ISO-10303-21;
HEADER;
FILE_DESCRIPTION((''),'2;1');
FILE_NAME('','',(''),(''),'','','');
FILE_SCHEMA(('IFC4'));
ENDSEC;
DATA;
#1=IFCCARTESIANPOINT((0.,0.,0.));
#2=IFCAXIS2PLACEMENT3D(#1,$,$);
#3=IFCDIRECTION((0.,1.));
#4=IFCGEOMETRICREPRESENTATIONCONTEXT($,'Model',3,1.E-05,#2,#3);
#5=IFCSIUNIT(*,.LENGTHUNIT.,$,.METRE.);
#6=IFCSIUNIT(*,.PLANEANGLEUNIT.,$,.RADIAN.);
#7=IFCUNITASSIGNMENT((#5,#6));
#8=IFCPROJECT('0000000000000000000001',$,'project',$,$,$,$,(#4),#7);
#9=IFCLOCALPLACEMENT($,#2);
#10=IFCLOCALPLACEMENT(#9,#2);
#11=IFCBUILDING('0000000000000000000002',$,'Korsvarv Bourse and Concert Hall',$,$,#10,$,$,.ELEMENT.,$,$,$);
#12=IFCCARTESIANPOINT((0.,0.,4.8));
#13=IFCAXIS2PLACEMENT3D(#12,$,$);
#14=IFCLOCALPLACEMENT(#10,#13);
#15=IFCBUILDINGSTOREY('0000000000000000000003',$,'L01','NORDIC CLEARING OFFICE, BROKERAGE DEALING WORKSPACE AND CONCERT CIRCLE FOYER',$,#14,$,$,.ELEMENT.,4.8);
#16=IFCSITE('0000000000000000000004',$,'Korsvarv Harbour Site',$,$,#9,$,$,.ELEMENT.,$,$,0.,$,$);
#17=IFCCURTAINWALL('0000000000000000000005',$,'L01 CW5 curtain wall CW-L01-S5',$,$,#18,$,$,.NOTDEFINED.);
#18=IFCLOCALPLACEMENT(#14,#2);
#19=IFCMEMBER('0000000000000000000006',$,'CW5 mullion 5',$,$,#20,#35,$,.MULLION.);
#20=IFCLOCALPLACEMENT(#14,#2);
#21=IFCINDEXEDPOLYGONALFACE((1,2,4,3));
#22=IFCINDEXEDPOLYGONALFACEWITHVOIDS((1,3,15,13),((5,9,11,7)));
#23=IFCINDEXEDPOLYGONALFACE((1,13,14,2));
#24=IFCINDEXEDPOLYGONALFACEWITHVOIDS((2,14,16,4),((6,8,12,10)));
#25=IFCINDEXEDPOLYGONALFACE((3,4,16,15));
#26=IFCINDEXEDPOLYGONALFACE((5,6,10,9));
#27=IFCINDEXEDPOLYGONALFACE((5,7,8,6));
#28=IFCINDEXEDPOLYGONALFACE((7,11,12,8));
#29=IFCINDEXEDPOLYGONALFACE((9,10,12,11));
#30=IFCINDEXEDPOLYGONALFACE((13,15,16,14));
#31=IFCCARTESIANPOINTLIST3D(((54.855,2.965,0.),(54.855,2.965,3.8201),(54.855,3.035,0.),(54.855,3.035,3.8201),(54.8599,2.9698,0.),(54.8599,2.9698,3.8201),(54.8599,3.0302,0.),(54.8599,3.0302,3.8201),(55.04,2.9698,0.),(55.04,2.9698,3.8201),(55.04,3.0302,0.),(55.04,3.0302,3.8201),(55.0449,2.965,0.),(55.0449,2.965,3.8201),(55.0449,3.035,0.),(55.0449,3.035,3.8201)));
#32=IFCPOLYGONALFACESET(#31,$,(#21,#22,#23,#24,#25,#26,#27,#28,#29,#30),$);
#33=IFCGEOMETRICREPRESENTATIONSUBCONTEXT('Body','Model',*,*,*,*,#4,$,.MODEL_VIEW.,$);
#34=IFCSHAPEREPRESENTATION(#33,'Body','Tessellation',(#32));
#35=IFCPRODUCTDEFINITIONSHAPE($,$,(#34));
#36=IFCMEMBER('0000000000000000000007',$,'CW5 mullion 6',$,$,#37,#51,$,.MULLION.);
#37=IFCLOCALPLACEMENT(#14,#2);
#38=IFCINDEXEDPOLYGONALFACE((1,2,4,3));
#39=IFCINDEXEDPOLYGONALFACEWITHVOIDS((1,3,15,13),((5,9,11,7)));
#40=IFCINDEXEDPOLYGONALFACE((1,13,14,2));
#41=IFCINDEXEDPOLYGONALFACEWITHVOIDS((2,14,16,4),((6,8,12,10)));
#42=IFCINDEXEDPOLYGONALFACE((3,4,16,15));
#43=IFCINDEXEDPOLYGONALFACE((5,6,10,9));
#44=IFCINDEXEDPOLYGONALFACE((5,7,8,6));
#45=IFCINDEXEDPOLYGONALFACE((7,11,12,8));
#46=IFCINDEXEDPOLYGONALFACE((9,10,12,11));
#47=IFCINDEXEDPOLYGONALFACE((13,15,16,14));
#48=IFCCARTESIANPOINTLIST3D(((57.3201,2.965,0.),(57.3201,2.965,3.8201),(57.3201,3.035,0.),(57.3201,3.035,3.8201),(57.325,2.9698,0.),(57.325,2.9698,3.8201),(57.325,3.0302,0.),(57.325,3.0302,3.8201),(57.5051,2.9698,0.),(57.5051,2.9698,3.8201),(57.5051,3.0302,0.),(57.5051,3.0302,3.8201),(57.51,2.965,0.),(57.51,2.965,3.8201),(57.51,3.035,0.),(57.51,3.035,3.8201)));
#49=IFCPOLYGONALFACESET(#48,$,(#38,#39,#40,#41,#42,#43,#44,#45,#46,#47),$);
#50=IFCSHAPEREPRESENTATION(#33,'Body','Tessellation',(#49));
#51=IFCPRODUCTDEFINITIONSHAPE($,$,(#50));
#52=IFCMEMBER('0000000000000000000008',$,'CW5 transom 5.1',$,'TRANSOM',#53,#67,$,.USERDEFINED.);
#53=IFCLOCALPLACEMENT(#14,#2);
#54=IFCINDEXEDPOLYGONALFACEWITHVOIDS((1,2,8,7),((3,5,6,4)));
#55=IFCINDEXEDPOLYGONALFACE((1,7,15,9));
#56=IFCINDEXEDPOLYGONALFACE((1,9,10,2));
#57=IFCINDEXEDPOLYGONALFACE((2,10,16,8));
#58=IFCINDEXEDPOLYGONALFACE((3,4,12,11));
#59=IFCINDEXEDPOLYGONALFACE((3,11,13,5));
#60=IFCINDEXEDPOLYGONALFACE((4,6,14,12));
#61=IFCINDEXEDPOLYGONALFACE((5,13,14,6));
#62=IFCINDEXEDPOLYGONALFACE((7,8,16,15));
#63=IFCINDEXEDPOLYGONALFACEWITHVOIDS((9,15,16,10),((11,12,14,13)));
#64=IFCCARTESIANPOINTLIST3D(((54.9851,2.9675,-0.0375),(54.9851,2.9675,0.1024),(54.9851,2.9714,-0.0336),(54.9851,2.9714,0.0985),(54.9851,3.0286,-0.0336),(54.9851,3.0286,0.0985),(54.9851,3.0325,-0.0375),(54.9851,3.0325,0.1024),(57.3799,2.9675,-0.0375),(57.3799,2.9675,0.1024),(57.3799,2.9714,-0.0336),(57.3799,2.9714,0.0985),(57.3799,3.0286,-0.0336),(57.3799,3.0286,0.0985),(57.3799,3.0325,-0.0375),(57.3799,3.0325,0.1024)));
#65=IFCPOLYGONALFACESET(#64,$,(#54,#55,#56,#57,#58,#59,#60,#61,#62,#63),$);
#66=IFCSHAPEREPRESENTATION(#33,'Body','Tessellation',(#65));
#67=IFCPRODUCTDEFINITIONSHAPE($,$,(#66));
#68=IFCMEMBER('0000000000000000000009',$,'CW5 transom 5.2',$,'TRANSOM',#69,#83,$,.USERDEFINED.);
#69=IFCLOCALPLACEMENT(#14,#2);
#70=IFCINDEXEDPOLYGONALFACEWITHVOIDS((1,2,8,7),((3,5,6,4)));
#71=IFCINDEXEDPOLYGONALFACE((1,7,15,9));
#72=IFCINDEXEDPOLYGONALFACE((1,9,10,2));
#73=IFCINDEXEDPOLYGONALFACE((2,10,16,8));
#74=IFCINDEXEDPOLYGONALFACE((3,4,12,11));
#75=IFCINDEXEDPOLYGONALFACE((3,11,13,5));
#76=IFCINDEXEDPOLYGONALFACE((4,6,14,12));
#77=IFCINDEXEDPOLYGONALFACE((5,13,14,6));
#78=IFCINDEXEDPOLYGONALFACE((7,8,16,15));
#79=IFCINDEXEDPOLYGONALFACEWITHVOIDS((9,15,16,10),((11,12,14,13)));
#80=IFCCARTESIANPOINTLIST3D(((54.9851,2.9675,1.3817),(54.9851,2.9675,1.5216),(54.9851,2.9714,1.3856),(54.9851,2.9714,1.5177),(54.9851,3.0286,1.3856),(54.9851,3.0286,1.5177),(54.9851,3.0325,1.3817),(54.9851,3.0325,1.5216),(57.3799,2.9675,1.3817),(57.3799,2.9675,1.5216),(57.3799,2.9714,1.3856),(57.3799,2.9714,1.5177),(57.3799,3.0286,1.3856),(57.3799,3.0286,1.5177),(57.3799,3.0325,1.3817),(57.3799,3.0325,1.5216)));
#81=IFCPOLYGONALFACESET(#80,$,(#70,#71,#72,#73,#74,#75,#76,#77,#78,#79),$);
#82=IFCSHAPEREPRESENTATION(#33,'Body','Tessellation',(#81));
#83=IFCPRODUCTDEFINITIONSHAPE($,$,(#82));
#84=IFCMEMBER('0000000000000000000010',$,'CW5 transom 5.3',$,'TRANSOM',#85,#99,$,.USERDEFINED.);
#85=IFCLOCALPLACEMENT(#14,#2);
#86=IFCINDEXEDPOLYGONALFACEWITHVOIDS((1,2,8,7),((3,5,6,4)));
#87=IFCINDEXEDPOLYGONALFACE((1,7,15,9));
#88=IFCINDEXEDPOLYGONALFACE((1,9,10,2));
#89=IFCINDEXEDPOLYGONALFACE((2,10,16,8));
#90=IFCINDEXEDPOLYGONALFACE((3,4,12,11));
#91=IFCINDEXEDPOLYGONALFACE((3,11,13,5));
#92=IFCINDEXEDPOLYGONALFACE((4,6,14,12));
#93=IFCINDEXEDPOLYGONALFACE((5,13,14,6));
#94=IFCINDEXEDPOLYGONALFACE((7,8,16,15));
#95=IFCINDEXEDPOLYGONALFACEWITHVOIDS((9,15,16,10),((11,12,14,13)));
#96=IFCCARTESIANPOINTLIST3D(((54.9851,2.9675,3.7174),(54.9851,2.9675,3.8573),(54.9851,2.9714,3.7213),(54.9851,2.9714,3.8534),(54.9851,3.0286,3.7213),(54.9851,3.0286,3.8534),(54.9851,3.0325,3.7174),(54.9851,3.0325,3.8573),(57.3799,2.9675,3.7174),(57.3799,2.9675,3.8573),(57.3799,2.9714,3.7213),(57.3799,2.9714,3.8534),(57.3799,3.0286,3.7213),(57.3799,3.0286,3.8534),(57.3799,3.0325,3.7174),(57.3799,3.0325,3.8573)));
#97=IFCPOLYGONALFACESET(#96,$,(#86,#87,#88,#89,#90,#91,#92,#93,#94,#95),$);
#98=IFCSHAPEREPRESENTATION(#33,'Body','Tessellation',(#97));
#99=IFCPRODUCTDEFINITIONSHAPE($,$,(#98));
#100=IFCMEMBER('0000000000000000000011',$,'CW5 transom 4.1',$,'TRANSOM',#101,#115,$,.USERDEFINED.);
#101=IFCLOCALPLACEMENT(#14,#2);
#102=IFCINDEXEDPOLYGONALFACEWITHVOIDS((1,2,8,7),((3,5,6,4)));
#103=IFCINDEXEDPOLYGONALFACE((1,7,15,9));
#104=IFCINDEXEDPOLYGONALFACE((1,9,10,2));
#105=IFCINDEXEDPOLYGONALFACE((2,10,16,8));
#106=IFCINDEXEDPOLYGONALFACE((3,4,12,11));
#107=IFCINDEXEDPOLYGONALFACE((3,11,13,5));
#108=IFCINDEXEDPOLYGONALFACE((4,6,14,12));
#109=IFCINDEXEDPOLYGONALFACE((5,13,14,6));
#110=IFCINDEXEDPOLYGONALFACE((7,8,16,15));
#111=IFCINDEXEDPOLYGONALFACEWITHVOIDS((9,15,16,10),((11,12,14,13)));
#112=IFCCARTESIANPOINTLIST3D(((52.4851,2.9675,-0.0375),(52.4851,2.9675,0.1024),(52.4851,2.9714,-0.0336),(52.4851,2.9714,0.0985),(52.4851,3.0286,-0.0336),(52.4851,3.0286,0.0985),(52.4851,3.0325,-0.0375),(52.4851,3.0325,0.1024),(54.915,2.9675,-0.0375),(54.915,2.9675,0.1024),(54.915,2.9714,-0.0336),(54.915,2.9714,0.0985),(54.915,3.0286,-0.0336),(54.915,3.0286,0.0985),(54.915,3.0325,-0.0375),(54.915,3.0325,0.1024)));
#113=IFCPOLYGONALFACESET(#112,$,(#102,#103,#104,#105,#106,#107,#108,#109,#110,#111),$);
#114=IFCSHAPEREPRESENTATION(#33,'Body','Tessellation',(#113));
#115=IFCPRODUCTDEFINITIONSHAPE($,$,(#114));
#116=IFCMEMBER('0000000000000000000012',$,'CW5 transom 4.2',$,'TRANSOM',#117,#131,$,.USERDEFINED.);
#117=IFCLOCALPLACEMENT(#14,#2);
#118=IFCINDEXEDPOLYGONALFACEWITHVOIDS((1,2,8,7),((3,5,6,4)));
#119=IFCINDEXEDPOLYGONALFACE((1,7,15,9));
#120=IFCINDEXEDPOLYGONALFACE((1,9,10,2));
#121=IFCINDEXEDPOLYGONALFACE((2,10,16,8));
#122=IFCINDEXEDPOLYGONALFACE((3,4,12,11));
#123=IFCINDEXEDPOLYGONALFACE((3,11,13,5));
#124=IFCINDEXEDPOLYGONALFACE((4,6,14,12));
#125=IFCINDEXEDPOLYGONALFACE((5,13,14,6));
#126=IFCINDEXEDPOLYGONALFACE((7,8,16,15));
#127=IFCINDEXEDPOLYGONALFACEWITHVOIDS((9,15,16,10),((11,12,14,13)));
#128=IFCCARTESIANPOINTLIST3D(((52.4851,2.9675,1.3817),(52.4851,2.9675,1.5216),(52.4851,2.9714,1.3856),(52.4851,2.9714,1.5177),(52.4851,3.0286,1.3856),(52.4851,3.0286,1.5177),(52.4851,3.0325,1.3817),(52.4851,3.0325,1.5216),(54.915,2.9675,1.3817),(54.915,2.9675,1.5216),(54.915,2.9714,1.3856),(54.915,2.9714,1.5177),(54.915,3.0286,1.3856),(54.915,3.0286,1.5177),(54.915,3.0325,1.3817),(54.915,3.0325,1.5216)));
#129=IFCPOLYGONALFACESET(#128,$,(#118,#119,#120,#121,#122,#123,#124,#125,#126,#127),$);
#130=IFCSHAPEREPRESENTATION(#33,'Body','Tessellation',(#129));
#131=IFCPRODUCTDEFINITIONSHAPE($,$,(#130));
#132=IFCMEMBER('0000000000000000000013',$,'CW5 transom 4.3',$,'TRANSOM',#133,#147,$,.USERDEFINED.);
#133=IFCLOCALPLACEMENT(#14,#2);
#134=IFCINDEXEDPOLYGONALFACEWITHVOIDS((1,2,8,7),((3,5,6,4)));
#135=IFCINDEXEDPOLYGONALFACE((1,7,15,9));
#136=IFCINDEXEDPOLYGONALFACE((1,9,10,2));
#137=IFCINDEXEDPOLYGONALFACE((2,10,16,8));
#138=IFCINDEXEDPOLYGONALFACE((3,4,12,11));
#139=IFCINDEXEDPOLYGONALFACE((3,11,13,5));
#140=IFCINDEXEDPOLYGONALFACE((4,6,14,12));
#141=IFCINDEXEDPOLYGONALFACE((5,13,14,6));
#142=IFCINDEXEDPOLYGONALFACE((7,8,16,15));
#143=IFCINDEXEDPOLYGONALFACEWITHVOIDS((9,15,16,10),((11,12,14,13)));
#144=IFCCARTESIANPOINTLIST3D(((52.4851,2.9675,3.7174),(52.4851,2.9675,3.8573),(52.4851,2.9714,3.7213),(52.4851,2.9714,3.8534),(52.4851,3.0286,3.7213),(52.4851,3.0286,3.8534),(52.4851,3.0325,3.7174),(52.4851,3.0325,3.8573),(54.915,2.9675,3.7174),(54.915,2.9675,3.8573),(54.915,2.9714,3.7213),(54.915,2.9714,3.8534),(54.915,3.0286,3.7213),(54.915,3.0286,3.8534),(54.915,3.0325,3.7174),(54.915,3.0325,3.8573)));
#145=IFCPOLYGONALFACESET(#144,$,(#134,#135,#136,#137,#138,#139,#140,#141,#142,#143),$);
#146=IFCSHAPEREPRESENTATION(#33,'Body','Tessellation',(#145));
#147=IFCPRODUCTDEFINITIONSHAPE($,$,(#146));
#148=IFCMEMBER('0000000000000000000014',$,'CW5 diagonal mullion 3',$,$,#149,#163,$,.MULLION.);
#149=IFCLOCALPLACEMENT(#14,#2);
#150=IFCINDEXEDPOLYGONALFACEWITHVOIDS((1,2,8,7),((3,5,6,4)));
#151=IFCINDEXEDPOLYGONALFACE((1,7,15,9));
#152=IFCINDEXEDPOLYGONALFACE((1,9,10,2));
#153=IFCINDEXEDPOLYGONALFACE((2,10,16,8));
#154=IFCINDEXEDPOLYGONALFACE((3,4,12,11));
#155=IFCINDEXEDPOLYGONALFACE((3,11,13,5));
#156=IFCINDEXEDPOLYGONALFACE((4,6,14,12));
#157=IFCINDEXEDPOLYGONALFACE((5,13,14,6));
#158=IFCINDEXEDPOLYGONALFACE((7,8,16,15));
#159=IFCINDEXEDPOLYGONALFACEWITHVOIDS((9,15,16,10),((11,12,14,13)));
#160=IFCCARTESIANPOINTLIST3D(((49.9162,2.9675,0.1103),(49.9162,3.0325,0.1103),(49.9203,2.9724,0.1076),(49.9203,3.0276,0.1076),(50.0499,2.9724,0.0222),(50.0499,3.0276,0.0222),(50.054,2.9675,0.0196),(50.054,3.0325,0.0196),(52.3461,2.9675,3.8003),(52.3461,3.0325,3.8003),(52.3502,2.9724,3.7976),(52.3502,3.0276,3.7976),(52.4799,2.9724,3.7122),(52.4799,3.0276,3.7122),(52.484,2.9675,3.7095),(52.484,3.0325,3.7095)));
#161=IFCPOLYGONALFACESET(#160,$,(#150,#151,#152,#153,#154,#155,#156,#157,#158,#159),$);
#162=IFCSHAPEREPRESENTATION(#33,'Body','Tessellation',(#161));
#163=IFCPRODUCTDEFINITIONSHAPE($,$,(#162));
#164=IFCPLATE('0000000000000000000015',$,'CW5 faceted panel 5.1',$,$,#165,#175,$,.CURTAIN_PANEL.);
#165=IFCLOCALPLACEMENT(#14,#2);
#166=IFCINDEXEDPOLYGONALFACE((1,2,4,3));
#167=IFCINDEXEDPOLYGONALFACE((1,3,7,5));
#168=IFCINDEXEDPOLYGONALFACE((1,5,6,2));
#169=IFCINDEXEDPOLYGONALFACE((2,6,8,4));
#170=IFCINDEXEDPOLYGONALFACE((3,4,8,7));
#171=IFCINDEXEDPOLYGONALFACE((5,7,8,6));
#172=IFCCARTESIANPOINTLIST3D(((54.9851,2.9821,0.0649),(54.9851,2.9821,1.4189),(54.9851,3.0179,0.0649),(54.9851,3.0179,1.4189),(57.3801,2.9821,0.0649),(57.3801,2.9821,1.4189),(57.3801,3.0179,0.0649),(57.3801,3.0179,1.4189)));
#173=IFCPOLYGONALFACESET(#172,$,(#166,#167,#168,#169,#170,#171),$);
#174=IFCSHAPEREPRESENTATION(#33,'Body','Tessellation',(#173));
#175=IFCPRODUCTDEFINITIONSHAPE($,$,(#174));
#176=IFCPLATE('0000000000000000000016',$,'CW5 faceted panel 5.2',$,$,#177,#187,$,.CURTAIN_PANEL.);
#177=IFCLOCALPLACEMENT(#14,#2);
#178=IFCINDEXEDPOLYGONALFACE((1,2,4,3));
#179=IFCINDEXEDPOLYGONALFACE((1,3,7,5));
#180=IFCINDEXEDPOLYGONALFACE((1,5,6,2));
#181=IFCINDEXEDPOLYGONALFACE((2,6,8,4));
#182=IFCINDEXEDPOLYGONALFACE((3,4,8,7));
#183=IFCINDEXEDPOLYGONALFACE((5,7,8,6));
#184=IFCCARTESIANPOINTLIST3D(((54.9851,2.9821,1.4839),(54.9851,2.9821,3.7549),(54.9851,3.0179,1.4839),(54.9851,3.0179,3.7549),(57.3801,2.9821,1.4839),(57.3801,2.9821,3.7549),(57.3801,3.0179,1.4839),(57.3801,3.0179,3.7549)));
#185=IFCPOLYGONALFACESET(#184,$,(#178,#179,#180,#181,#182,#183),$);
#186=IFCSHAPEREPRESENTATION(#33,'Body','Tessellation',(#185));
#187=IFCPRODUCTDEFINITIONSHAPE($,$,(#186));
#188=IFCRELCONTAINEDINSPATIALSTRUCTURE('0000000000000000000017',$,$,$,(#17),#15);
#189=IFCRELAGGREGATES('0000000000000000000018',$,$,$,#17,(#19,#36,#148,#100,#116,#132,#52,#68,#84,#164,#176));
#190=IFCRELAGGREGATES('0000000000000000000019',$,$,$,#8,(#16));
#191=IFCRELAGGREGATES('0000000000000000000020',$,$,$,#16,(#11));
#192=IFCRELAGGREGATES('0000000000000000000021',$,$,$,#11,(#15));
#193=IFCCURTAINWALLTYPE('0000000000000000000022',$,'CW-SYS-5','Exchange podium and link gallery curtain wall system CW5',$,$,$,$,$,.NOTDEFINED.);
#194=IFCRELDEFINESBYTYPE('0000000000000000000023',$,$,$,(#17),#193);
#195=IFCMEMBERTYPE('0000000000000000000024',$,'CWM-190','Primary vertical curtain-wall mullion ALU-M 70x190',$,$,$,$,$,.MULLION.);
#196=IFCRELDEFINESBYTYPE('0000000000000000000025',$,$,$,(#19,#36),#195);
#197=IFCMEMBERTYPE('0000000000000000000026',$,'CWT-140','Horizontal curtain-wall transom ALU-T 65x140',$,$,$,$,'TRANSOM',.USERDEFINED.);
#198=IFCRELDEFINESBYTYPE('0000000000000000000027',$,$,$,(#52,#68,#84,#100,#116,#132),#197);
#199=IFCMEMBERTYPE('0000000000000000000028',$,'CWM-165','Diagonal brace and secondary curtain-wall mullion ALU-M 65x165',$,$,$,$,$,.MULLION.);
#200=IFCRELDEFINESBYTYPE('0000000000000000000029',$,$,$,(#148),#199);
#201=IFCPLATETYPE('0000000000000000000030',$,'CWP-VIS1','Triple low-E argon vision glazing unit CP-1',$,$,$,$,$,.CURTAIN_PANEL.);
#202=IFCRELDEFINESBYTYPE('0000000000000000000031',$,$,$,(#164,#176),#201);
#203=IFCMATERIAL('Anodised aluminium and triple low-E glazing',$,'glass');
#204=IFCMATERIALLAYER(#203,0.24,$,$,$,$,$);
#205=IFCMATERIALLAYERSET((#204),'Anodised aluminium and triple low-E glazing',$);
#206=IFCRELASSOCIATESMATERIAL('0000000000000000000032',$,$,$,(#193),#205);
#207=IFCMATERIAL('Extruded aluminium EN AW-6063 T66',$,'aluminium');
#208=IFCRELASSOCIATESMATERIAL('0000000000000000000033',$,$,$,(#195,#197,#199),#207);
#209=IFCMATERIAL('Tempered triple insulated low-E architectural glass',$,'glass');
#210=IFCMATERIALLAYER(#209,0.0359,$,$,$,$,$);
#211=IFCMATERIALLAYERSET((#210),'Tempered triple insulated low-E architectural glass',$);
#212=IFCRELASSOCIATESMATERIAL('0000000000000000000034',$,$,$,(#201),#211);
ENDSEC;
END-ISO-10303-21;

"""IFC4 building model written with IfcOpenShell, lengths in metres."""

from ifc_helpers import new_model, si_unit, direction, frame, origin, origin_2d, place, context, subcontext, project, spatial, rectangle, hollow_rectangle, extrude, source, transform, mapped, material, layer, layer_set, material_profile, profile_set, type_object, element, aggregate, save


model = new_model("IFC4")

# Units and contexts
model_context = context("Model", 3, precision=1e-05, world=origin(), true_north=direction((0.0, 1.0)))
body_context = subcontext(model_context, "Body", "Model", "MODEL_VIEW")
ifc_project = project(units=[si_unit("LENGTHUNIT", "METRE"), si_unit("PLANEANGLEUNIT", "RADIAN")], contexts=[model_context])

# Site, building, storey
site_placement = place(None, origin())
site = spatial("IfcSite", under=ifc_project, at=site_placement, Name="Korsvarv Harbour Site", CompositionType="ELEMENT", RefElevation=0.0)
building_placement = place(site_placement, origin())
building = spatial("IfcBuilding", under=site, at=building_placement, Name="Korsvarv Bourse and Concert Hall", CompositionType="ELEMENT")
storey_placement = place(building_placement, frame((0.0, 0.0, 4.8)))
storey = spatial("IfcBuildingStorey", under=building, at=storey_placement, Name="L01", Description="NORDIC CLEARING OFFICE, BROKERAGE DEALING WORKSPACE AND CONCERT CIRCLE FOYER", CompositionType="ELEMENT", Elevation=4.8)

# Curtain wall, members, plates
ifc_material_1 = material(Name="Anodised aluminium and triple low-E glazing", Category="glass")
ifc_layer_1 = layer(ifc_material_1, 0.24)
ifc_layer_set_1 = layer_set([ifc_layer_1], Name="Anodised aluminium and triple low-E glazing")
curtain_wall_type = type_object("IfcCurtainWallType", Name="CW-SYS-5", Description="Exchange podium and link gallery curtain wall system CW5", PredefinedType="NOTDEFINED", material=ifc_layer_set_1)
curtain_wall_placement = place(storey_placement, origin())
curtain_wall = element("IfcCurtainWall", 1, at=curtain_wall_placement, inside=storey, type_object=curtain_wall_type, Name="L01 CW5 curtain wall CW-L01-S5", PredefinedType="NOTDEFINED")
ifc_material_2 = material(Name="Extruded aluminium EN AW-6063 T66", Category="aluminium")
ifc_material_profile_1 = material_profile(ifc_material_2, hollow_rectangle(XDim=0.0701, YDim=0.1899, WallThickness=0.0049, at=origin_2d()), Name="ALU-M 70x190")
ifc_profile_set_1 = profile_set([ifc_material_profile_1], Name="Extruded aluminium EN AW-6063 T66")
member_type_1 = type_object("IfcMemberType", Name="CWM-190", Description="Primary vertical curtain-wall mullion ALU-M 70x190", PredefinedType="MULLION", material=ifc_profile_set_1)
shared_shape_1 = source(origin(), body_context, "Body", "SweptSolid", [
    extrude(hollow_rectangle(XDim=0.0701, YDim=0.1899, WallThickness=0.0049, at=origin_2d()), origin(), (0.0, 0.0, 1.0), 3.8201),
])
member_1_placement = place(storey_placement, frame((54.95, 3.0, 0.0), z_axis=(0.0, 0.0, 1.0), x_axis=(0.0, 1.0, 0.0)))
member_1 = element("IfcMember", 2, at=member_1_placement, type_object=member_type_1, Name="CW5 mullion 5", PredefinedType="MULLION", context=body_context, shape_type="MappedRepresentation", body=[
    mapped(shared_shape_1, transform((0.0, 0.0, 0.0), scale=1.0)),
])
member_2_placement = place(storey_placement, frame((57.415, 3.0, 0.0), z_axis=(0.0, 0.0, 1.0), x_axis=(0.0, 1.0, 0.0)))
member_2 = element("IfcMember", 3, at=member_2_placement, type_object=member_type_1, Name="CW5 mullion 6", PredefinedType="MULLION", context=body_context, shape_type="MappedRepresentation", body=[
    mapped(shared_shape_1, transform((0.0, 0.0, 0.0), scale=1.0)),
])
ifc_material_profile_2 = material_profile(ifc_material_2, hollow_rectangle(XDim=0.0649, YDim=0.1399, WallThickness=0.0039, at=origin_2d()), Name="ALU-T 65x140")
ifc_profile_set_2 = profile_set([ifc_material_profile_2], Name="Extruded aluminium EN AW-6063 T66")
member_type_2 = type_object("IfcMemberType", Name="CWT-140", Description="Horizontal curtain-wall transom ALU-T 65x140", ElementType="TRANSOM", PredefinedType="USERDEFINED", material=ifc_profile_set_2)
shared_shape_2 = source(origin(), body_context, "Body", "SweptSolid", [
    extrude(hollow_rectangle(XDim=0.0649, YDim=0.1399, WallThickness=0.0039, at=origin_2d()), origin(), (0.0, 0.0, 1.0), 2.3948),
])
member_3_placement = place(storey_placement, frame((54.9851, 3.0, 0.0325), z_axis=(1.0, 0.0, 0.0), x_axis=(0.0, 1.0, 0.0)))
member_3 = element("IfcMember", 4, at=member_3_placement, type_object=member_type_2, Name="CW5 transom 5.1", ObjectType="TRANSOM", PredefinedType="USERDEFINED", context=body_context, shape_type="MappedRepresentation", body=[
    mapped(shared_shape_2, transform((0.0, 0.0, 0.0), scale=1.0)),
])
member_4_placement = place(storey_placement, frame((54.9851, 3.0, 1.4517), z_axis=(1.0, 0.0, 0.0), x_axis=(0.0, 1.0, 0.0)))
member_4 = element("IfcMember", 5, at=member_4_placement, type_object=member_type_2, Name="CW5 transom 5.2", ObjectType="TRANSOM", PredefinedType="USERDEFINED", context=body_context, shape_type="MappedRepresentation", body=[
    mapped(shared_shape_2, transform((0.0, 0.0, 0.0), scale=1.0)),
])
member_5_placement = place(storey_placement, frame((54.9851, 3.0, 3.7874), z_axis=(1.0, 0.0, 0.0), x_axis=(0.0, 1.0, 0.0)))
member_5 = element("IfcMember", 6, at=member_5_placement, type_object=member_type_2, Name="CW5 transom 5.3", ObjectType="TRANSOM", PredefinedType="USERDEFINED", context=body_context, shape_type="MappedRepresentation", body=[
    mapped(shared_shape_2, transform((0.0, 0.0, 0.0), scale=1.0)),
])
shared_shape_3 = source(origin(), body_context, "Body", "SweptSolid", [
    extrude(hollow_rectangle(XDim=0.0649, YDim=0.1399, WallThickness=0.0039, at=origin_2d()), origin(), (0.0, 0.0, 1.0), 2.4299),
])
member_6_placement = place(storey_placement, frame((52.4851, 3.0, 0.0325), z_axis=(1.0, 0.0, 0.0), x_axis=(0.0, 1.0, 0.0)))
member_6 = element("IfcMember", 7, at=member_6_placement, type_object=member_type_2, Name="CW5 transom 4.1", ObjectType="TRANSOM", PredefinedType="USERDEFINED", context=body_context, shape_type="MappedRepresentation", body=[
    mapped(shared_shape_3, transform((0.0, 0.0, 0.0), scale=1.0)),
])
member_7_placement = place(storey_placement, frame((52.4851, 3.0, 1.4517), z_axis=(1.0, 0.0, 0.0), x_axis=(0.0, 1.0, 0.0)))
member_7 = element("IfcMember", 8, at=member_7_placement, type_object=member_type_2, Name="CW5 transom 4.2", ObjectType="TRANSOM", PredefinedType="USERDEFINED", context=body_context, shape_type="MappedRepresentation", body=[
    mapped(shared_shape_3, transform((0.0, 0.0, 0.0), scale=1.0)),
])
member_8_placement = place(storey_placement, frame((52.4851, 3.0, 3.7874), z_axis=(1.0, 0.0, 0.0), x_axis=(0.0, 1.0, 0.0)))
member_8 = element("IfcMember", 9, at=member_8_placement, type_object=member_type_2, Name="CW5 transom 4.3", ObjectType="TRANSOM", PredefinedType="USERDEFINED", context=body_context, shape_type="MappedRepresentation", body=[
    mapped(shared_shape_3, transform((0.0, 0.0, 0.0), scale=1.0)),
])
ifc_material_profile_3 = material_profile(ifc_material_2, hollow_rectangle(XDim=0.0649, YDim=0.165, WallThickness=0.0049, at=origin_2d()), Name="ALU-M 65x165")
ifc_profile_set_3 = profile_set([ifc_material_profile_3], Name="Extruded aluminium EN AW-6063 T66")
member_type_3 = type_object("IfcMemberType", Name="CWM-165", Description="Diagonal brace and secondary curtain-wall mullion ALU-M 65x165", PredefinedType="MULLION", material=ifc_profile_set_3)
shared_shape_4 = source(origin(), body_context, "Body", "SweptSolid", [
    extrude(hollow_rectangle(XDim=0.0649, YDim=0.165, WallThickness=0.0049, at=origin_2d()), origin(), (0.0, 0.0, 1.0), 4.4182),
])
member_9_placement = place(storey_placement, frame((49.9851, 3.0, 0.0649), z_axis=(0.549986, 0.0, 0.835174), x_axis=(0.0, 1.0, 0.0)))
member_9 = element("IfcMember", 10, at=member_9_placement, type_object=member_type_3, Name="CW5 diagonal mullion 3", PredefinedType="MULLION", context=body_context, shape_type="MappedRepresentation", body=[
    mapped(shared_shape_4, transform((0.0, 0.0, 0.0), scale=1.0)),
])
ifc_material_3 = material(Name="Tempered triple insulated low-E architectural glass", Category="glass")
ifc_layer_2 = layer(ifc_material_3, 0.0359)
ifc_layer_set_2 = layer_set([ifc_layer_2], Name="Tempered triple insulated low-E architectural glass")
plate_type_1 = type_object("IfcPlateType", Name="CWP-VIS1", Description="Triple low-E argon vision glazing unit CP-1", PredefinedType="CURTAIN_PANEL", material=ifc_layer_set_2)
shared_shape_5 = source(origin(), body_context, "Body", "SweptSolid", [
    extrude(rectangle(XDim=2.395, YDim=0.0359, at=origin_2d()), origin(), (0.0, 0.0, 1.0), 1.354),
])
plate_1_placement = place(storey_placement, frame((56.1826, 3.0, 0.0649), z_axis=(0.0, 0.0, 1.0), x_axis=(1.0, 0.0, 0.0)))
plate_1 = element("IfcPlate", 11, at=plate_1_placement, type_object=plate_type_1, Name="CW5 faceted panel 5.1", PredefinedType="CURTAIN_PANEL", context=body_context, shape_type="MappedRepresentation", body=[
    mapped(shared_shape_5, transform((0.0, 0.0, 0.0), scale=1.0)),
])
shared_shape_6 = source(origin(), body_context, "Body", "SweptSolid", [
    extrude(rectangle(XDim=2.395, YDim=0.0359, at=origin_2d()), origin(), (0.0, 0.0, 1.0), 2.271),
])
plate_2_placement = place(storey_placement, frame((56.1826, 3.0, 1.4839), z_axis=(0.0, 0.0, 1.0), x_axis=(1.0, 0.0, 0.0)))
plate_2 = element("IfcPlate", 12, at=plate_2_placement, type_object=plate_type_1, Name="CW5 faceted panel 5.2", PredefinedType="CURTAIN_PANEL", context=body_context, shape_type="MappedRepresentation", body=[
    mapped(shared_shape_6, transform((0.0, 0.0, 0.0), scale=1.0)),
])
aggregate(curtain_wall, [member_1, member_2, member_9, member_6, member_7, member_8, member_3, member_4, member_5, plate_1, plate_2])

save(model, "model.ifc")
